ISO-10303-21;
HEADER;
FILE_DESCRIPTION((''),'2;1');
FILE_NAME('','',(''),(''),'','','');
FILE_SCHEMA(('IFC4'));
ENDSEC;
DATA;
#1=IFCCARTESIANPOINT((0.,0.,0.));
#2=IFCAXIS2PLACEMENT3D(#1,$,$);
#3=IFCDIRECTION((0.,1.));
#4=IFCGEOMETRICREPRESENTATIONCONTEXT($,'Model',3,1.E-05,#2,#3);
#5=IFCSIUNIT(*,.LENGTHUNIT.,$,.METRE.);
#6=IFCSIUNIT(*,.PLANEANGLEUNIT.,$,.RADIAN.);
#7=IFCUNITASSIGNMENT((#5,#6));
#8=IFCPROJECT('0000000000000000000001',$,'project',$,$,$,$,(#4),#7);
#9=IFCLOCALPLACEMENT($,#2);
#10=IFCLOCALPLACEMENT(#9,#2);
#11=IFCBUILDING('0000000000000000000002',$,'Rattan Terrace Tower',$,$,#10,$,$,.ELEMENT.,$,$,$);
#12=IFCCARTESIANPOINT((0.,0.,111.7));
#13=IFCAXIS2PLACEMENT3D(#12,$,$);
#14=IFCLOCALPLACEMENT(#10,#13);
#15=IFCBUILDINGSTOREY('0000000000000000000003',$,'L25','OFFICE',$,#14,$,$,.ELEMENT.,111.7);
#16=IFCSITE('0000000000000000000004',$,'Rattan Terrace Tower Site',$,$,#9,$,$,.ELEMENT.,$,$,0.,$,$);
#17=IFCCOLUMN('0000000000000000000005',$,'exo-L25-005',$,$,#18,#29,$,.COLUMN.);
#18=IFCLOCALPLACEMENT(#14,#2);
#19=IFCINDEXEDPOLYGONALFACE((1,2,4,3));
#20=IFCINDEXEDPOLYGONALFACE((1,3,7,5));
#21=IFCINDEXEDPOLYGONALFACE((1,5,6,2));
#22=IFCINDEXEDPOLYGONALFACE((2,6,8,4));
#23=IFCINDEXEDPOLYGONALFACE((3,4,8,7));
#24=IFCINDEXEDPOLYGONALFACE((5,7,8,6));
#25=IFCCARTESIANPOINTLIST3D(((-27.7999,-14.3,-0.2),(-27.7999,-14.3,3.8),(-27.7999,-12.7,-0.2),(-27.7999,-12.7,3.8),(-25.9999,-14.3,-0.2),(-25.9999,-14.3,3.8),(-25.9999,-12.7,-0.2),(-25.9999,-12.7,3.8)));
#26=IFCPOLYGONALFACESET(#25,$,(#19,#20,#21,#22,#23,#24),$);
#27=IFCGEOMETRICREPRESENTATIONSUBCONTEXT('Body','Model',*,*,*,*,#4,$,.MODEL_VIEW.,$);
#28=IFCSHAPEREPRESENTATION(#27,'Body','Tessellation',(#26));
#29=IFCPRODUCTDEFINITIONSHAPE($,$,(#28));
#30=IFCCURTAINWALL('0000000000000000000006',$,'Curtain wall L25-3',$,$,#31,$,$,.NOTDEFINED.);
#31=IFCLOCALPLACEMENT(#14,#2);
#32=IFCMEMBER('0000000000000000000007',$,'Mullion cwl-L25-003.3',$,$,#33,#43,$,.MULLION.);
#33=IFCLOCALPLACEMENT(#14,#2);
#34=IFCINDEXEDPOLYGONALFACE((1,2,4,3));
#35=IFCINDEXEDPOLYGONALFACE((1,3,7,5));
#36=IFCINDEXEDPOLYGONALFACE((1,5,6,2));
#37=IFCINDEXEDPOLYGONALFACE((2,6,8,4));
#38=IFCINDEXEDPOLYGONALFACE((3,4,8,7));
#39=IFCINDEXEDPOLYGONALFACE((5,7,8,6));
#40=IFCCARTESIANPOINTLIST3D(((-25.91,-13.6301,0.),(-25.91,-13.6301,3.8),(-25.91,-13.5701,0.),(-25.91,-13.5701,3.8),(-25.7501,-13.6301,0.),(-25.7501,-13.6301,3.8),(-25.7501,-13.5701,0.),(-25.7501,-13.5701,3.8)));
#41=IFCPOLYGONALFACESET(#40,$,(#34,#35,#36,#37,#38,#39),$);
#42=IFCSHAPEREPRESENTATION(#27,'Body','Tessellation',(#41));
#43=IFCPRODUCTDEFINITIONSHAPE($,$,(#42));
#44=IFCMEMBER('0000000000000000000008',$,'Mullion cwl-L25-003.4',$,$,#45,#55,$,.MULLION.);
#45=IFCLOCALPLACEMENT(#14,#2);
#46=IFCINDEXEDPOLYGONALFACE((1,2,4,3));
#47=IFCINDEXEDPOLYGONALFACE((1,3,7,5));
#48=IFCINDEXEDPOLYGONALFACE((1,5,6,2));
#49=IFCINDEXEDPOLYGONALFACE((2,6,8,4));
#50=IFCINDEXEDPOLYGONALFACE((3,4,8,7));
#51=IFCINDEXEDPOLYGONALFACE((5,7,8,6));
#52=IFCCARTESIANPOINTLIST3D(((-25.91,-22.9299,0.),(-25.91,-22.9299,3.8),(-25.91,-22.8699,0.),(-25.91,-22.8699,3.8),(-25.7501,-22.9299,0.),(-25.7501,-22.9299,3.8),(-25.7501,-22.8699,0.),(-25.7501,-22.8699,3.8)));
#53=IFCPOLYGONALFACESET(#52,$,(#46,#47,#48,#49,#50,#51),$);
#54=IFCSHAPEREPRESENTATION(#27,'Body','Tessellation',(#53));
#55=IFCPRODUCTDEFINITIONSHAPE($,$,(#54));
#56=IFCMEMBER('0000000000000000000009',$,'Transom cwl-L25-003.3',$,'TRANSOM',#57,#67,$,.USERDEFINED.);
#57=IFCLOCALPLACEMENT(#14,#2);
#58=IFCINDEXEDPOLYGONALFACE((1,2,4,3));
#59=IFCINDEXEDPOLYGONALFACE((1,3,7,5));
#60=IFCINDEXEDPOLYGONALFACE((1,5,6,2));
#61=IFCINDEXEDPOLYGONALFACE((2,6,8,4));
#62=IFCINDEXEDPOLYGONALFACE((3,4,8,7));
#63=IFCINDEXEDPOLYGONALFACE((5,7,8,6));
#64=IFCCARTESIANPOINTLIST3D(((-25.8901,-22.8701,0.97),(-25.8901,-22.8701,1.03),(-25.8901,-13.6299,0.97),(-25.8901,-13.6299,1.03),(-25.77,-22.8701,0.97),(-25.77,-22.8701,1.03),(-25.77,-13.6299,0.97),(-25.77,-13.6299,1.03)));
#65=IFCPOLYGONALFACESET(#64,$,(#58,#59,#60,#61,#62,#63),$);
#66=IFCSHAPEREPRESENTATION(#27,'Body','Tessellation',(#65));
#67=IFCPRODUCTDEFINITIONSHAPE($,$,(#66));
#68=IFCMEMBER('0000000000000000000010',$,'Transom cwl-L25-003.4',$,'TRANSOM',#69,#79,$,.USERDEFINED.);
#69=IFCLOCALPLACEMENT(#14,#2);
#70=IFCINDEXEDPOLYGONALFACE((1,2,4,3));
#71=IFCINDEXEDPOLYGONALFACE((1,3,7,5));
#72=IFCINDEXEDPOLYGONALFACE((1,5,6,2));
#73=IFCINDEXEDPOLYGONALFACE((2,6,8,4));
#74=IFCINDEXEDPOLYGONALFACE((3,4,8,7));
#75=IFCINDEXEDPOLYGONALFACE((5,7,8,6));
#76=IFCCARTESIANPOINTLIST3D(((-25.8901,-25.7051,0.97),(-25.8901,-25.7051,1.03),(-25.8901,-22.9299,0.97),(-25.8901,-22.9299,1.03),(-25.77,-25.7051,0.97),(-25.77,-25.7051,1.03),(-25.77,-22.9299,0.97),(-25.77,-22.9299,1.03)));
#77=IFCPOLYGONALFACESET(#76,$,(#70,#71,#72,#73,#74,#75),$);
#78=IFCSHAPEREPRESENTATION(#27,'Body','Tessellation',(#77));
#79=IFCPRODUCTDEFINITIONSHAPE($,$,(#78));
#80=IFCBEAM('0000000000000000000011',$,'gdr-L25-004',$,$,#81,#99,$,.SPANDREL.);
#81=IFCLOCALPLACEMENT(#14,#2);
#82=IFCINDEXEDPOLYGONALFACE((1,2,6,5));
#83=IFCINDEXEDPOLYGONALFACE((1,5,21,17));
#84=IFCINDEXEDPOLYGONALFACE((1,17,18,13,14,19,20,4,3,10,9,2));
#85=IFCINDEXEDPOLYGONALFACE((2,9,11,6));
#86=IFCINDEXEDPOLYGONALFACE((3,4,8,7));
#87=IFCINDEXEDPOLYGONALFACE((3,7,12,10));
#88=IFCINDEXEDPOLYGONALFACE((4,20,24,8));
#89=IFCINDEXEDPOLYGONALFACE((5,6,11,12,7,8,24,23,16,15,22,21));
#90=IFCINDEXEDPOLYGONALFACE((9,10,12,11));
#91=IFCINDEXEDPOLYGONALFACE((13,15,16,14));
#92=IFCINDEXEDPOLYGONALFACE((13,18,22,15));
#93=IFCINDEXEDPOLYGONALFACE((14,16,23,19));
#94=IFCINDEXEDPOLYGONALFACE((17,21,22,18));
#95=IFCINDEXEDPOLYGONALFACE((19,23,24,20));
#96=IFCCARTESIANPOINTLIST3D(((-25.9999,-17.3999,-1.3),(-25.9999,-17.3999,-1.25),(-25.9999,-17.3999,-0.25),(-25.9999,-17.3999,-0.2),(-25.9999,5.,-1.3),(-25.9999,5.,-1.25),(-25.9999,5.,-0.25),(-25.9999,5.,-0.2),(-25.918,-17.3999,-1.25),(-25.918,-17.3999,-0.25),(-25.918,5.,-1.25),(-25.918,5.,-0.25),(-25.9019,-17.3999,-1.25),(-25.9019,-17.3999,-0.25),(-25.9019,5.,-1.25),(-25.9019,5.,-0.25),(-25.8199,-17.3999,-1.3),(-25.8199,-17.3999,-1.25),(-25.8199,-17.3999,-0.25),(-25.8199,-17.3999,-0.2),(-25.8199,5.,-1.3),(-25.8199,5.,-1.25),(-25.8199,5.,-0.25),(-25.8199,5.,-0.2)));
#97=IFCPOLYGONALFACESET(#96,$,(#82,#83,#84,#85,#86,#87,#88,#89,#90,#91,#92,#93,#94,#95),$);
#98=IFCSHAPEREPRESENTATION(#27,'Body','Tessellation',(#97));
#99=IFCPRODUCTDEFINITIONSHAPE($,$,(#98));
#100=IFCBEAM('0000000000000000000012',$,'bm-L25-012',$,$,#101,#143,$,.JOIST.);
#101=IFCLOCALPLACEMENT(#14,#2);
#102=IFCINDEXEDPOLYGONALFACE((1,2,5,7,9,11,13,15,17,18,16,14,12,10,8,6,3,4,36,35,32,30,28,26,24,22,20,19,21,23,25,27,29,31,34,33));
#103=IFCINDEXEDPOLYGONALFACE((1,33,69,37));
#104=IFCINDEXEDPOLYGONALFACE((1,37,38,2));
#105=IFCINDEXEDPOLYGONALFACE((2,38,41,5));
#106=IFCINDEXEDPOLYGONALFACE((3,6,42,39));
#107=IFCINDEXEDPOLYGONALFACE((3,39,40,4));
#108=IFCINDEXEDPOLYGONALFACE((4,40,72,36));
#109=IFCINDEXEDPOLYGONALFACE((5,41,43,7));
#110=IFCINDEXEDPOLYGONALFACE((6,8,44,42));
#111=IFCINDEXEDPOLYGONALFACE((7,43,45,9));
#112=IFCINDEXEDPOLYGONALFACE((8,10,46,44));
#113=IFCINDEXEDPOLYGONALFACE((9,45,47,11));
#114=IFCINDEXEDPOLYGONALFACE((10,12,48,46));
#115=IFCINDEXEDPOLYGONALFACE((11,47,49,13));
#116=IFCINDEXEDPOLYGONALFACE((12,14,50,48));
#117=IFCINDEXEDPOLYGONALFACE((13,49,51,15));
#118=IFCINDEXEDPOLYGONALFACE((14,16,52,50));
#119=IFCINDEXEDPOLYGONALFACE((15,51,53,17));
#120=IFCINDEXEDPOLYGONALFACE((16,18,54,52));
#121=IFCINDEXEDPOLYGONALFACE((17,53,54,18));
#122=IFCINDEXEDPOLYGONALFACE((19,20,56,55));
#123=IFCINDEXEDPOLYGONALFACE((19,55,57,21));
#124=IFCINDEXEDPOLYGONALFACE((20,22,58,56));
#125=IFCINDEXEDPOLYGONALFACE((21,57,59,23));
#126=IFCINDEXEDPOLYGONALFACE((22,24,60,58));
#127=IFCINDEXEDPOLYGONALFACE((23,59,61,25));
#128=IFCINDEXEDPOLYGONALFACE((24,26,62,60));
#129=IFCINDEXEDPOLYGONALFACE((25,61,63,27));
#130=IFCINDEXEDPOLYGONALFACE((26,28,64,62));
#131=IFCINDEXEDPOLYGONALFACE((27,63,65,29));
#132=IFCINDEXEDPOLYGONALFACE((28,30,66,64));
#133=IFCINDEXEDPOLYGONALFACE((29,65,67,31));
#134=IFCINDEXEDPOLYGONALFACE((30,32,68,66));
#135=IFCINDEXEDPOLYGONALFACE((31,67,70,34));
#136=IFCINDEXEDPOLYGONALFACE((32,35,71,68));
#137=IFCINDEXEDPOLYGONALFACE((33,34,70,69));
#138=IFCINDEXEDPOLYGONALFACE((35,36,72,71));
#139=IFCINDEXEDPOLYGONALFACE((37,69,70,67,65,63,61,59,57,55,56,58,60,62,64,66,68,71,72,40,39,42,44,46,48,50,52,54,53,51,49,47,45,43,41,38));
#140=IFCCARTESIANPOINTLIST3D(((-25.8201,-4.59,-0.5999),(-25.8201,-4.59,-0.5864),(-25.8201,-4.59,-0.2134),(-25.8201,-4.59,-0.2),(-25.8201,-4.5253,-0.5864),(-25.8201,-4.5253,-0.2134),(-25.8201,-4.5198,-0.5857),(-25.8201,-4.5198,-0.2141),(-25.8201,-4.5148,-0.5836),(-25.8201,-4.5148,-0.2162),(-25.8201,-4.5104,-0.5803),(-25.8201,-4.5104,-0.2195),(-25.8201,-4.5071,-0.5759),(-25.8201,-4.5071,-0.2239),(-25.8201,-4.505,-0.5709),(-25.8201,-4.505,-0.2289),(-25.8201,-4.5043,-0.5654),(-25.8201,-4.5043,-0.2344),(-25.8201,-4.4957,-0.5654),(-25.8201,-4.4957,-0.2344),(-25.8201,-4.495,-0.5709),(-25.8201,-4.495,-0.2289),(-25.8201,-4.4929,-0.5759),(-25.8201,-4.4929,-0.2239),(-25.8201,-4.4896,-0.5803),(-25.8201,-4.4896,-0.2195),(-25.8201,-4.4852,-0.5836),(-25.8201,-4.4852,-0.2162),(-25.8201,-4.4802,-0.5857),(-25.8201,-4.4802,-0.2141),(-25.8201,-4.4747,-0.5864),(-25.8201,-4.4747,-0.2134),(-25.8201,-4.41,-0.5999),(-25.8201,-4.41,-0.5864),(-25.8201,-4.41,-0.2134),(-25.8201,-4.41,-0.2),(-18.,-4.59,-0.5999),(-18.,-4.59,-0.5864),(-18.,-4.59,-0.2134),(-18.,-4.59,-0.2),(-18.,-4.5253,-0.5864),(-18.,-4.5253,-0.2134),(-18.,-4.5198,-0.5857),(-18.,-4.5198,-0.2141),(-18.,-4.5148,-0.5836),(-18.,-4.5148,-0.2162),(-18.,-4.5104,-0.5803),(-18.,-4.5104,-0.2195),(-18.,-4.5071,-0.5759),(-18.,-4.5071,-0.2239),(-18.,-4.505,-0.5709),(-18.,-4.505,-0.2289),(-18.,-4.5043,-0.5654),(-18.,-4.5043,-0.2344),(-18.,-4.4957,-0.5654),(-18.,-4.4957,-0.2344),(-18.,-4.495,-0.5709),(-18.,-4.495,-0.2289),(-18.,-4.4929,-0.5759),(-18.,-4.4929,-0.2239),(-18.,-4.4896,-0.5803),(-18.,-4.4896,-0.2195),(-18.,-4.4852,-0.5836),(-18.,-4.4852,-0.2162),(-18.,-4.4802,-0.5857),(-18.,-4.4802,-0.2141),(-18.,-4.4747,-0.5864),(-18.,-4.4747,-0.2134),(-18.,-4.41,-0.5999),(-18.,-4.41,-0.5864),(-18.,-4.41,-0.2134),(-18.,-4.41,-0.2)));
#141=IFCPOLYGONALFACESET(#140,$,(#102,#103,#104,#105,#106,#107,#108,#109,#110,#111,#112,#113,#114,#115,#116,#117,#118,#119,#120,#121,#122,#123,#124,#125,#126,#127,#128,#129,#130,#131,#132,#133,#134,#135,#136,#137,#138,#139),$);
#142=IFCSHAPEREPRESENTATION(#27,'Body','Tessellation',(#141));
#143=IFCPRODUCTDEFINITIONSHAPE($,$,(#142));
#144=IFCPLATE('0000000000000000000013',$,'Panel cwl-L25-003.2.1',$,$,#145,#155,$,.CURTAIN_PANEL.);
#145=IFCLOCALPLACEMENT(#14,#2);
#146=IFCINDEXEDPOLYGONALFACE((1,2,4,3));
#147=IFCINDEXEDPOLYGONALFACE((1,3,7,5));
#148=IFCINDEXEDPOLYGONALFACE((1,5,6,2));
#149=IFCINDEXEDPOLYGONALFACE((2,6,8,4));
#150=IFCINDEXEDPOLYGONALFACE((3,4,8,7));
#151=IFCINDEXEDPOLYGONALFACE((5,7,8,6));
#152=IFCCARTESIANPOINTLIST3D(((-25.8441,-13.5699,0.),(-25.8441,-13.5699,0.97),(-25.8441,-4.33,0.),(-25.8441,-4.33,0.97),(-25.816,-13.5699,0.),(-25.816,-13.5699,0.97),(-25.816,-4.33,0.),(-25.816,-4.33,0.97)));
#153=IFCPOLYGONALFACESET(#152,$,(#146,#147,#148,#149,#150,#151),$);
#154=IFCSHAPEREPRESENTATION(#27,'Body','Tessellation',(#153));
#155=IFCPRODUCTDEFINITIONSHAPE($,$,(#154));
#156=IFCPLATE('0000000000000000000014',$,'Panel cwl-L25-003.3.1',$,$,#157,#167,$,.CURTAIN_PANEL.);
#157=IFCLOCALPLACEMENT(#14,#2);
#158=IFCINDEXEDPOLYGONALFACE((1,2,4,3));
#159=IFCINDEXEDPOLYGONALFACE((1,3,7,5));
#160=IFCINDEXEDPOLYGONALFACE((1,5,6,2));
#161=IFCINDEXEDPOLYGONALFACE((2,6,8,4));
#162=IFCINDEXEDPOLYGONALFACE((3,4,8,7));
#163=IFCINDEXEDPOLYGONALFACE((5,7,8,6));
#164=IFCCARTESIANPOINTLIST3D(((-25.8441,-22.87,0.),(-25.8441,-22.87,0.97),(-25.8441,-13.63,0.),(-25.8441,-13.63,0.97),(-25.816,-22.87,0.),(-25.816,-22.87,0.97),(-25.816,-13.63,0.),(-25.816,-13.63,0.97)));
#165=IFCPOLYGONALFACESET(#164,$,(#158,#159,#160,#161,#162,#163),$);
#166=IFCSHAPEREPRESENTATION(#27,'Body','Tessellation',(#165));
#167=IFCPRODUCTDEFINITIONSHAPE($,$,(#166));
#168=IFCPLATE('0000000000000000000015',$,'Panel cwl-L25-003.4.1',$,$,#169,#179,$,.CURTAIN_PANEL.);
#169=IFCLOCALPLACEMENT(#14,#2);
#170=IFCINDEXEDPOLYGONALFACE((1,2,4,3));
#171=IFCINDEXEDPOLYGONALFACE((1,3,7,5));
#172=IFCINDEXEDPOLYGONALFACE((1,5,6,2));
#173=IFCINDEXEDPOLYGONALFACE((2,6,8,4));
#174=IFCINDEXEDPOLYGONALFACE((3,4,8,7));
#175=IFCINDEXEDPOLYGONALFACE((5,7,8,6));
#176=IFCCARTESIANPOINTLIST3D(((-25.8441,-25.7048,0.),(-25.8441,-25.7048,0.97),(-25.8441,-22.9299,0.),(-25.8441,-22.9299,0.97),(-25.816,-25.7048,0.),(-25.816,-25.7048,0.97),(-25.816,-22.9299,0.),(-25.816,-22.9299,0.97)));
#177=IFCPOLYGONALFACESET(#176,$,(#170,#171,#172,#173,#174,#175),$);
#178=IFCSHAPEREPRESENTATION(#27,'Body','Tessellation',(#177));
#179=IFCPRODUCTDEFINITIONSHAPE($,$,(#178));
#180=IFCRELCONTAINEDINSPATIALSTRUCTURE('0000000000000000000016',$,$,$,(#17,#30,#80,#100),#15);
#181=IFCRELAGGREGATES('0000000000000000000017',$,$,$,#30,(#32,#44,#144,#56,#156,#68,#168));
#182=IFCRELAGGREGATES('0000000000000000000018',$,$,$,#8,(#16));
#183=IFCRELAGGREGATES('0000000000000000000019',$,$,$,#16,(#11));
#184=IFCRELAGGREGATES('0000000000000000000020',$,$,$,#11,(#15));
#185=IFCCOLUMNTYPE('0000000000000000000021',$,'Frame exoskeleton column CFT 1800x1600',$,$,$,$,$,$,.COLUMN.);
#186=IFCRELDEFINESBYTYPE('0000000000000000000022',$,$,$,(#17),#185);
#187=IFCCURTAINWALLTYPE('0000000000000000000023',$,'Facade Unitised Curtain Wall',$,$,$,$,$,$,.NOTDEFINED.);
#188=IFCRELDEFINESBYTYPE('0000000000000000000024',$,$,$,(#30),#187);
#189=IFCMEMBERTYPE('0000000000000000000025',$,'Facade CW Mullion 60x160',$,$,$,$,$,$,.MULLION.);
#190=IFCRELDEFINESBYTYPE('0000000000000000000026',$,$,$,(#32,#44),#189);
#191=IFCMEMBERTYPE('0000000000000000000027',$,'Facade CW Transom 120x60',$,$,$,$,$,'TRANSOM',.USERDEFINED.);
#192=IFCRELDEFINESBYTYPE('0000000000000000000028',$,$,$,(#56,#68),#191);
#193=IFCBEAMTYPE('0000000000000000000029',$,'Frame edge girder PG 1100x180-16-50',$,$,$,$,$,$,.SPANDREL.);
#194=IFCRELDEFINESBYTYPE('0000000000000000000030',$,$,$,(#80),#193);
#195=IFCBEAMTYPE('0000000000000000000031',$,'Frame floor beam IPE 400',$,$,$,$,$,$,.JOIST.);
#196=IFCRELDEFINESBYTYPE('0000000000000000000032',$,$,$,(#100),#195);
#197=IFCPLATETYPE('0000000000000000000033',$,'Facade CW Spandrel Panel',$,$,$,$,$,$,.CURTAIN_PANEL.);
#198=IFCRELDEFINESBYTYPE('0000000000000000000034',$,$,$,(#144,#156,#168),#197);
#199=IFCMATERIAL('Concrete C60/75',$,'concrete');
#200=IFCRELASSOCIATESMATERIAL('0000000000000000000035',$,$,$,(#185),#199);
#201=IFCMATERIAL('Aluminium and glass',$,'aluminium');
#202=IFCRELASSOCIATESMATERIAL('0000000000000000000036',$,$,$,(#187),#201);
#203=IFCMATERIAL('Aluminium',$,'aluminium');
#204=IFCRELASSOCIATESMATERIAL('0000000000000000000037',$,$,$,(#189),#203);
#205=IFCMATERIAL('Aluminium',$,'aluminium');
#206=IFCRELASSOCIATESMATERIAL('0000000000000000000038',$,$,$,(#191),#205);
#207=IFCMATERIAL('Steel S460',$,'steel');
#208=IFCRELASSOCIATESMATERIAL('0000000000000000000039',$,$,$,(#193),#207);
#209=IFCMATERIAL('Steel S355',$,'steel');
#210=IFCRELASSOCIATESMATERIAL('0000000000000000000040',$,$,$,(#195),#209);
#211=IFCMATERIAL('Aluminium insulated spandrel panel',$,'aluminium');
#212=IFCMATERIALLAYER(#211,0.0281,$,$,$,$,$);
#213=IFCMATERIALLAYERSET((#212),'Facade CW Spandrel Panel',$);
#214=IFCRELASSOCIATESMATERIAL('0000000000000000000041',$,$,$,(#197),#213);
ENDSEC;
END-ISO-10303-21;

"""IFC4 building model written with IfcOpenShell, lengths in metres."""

from ifc_helpers import new_model, si_unit, direction, frame, origin, origin_2d, place, context, subcontext, project, spatial, rectangle, i_section, extrude, material, layer, layer_set, material_profile, profile_set, type_object, element, aggregate, save


model = new_model("IFC4")

# Units and contexts
model_context = context("Model", 3, precision=1e-05, world=origin(), true_north=direction((0.0, 1.0)))
body_context = subcontext(model_context, "Body", "Model", "MODEL_VIEW")
ifc_project = project(units=[si_unit("LENGTHUNIT", "METRE"), si_unit("PLANEANGLEUNIT", "RADIAN")], contexts=[model_context])

# Site, building, storey
site_placement = place(None, origin())
site = spatial("IfcSite", under=ifc_project, at=site_placement, Name="Rattan Terrace Tower Site", CompositionType="ELEMENT", RefElevation=0.0)
building_placement = place(site_placement, origin())
building = spatial("IfcBuilding", under=site, at=building_placement, Name="Rattan Terrace Tower", CompositionType="ELEMENT")
storey_placement = place(building_placement, frame((0.0, 0.0, 111.7)))
storey = spatial("IfcBuildingStorey", under=building, at=storey_placement, Name="L25", Description="OFFICE", CompositionType="ELEMENT", Elevation=111.7)

# Column
ifc_material_1 = material(Name="Concrete C60/75", Category="concrete")
ifc_material_profile_1 = material_profile(ifc_material_1, rectangle(XDim=1.6001, YDim=1.8, at=origin_2d()), Name="CFT 1800x1600")
ifc_profile_set_1 = profile_set([ifc_material_profile_1], Name="Concrete C60/75")
column_type = type_object("IfcColumnType", Name="Frame exoskeleton column CFT 1800x1600", PredefinedType="COLUMN", material=ifc_profile_set_1)
column_placement = place(storey_placement, frame((-26.8999, -13.5, -0.2), z_axis=(0.0, 0.0, 1.0), x_axis=(0.0, 1.0, 0.0)))
element("IfcColumn", 1, at=column_placement, inside=storey, type_object=column_type, Name="exo-L25-005", PredefinedType="COLUMN", context=body_context, shape_type="SweptSolid", body=[
    extrude(rectangle(XDim=1.6001, YDim=1.8, at=origin_2d()), origin(), (0.0, 0.0, 1.0), 4.0),
])

# Curtain wall, members
ifc_material_2 = material(Name="Aluminium and glass", Category="aluminium")
curtain_wall_type = type_object("IfcCurtainWallType", Name="Facade Unitised Curtain Wall", PredefinedType="NOTDEFINED", material=ifc_material_2)
curtain_wall_placement = place(storey_placement, origin())
curtain_wall = element("IfcCurtainWall", 2, at=curtain_wall_placement, inside=storey, type_object=curtain_wall_type, Name="Curtain wall L25-3", PredefinedType="NOTDEFINED")
ifc_material_3 = material(Name="Aluminium", Category="aluminium")
ifc_material_profile_2 = material_profile(ifc_material_3, rectangle(XDim=0.0601, YDim=0.1599, at=origin_2d()), Name="Aluminium 60x160")
ifc_profile_set_2 = profile_set([ifc_material_profile_2], Name="Aluminium")
member_type_1 = type_object("IfcMemberType", Name="Facade CW Mullion 60x160", PredefinedType="MULLION", material=ifc_profile_set_2)
member_1_placement = place(storey_placement, frame((-25.8301, -13.6001, 0.0), z_axis=(0.0, 0.0, 1.0), x_axis=(0.0, -1.0, 0.0)))
member_1 = element("IfcMember", 3, at=member_1_placement, type_object=member_type_1, Name="Mullion cwl-L25-003.3", PredefinedType="MULLION", context=body_context, shape_type="SweptSolid", body=[
    extrude(rectangle(XDim=0.0601, YDim=0.1599, at=origin_2d()), origin(), (0.0, 0.0, 1.0), 3.8),
])
member_2_placement = place(storey_placement, frame((-25.8301, -22.8999, 0.0), z_axis=(0.0, 0.0, 1.0), x_axis=(0.0, -1.0, 0.0)))
member_2 = element("IfcMember", 4, at=member_2_placement, type_object=member_type_1, Name="Mullion cwl-L25-003.4", PredefinedType="MULLION", context=body_context, shape_type="SweptSolid", body=[
    extrude(rectangle(XDim=0.0601, YDim=0.1599, at=origin_2d()), origin(), (0.0, 0.0, 1.0), 3.8),
])
ifc_material_4 = material(Name="Aluminium", Category="aluminium")
ifc_material_profile_3 = material_profile(ifc_material_4, rectangle(XDim=0.1201, YDim=0.0601, at=origin_2d()), Name="Aluminium 120x60")
ifc_profile_set_3 = profile_set([ifc_material_profile_3], Name="Aluminium")
member_type_2 = type_object("IfcMemberType", Name="Facade CW Transom 120x60", ElementType="TRANSOM", PredefinedType="USERDEFINED", material=ifc_profile_set_3)
member_3_placement = place(storey_placement, frame((-25.8301, -13.6299, 1.0), z_axis=(0.0, -1.0, 0.0), x_axis=(1.0, 0.0, 0.0)))
member_3 = element("IfcMember", 5, at=member_3_placement, type_object=member_type_2, Name="Transom cwl-L25-003.3", ObjectType="TRANSOM", PredefinedType="USERDEFINED", context=body_context, shape_type="SweptSolid", body=[
    extrude(rectangle(XDim=0.1201, YDim=0.0601, at=origin_2d()), origin(), (0.0, 0.0, 1.0), 9.2402),
])
member_4_placement = place(storey_placement, frame((-25.8301, -22.9299, 1.0), z_axis=(0.0, -1.0, 0.0), x_axis=(1.0, 0.0, 0.0)))
member_4 = element("IfcMember", 6, at=member_4_placement, type_object=member_type_2, Name="Transom cwl-L25-003.4", ObjectType="TRANSOM", PredefinedType="USERDEFINED", context=body_context, shape_type="SweptSolid", body=[
    extrude(rectangle(XDim=0.1201, YDim=0.0601, at=origin_2d()), origin(), (0.0, 0.0, 1.0), 2.7751),
])

# Beams
ifc_material_5 = material(Name="Steel S460", Category="steel")
ifc_material_profile_4 = material_profile(ifc_material_5, i_section(OverallWidth=0.1799, OverallDepth=1.1001, WebThickness=0.0161, FlangeThickness=0.05, at=origin_2d()), Name="PG 1100x180-16-50")
ifc_profile_set_4 = profile_set([ifc_material_profile_4], Name="Steel S460")
beam_type_1 = type_object("IfcBeamType", Name="Frame edge girder PG 1100x180-16-50", PredefinedType="SPANDREL", material=ifc_profile_set_4)
beam_1_placement = place(storey_placement, frame((-25.9099, -17.3999, -0.75), z_axis=(0.0, 1.0, 0.0), x_axis=(-1.0, 0.0, 0.0)))
element("IfcBeam", 7, at=beam_1_placement, inside=storey, type_object=beam_type_1, Name="gdr-L25-004", PredefinedType="SPANDREL", context=body_context, shape_type="SweptSolid", body=[
    extrude(i_section(OverallWidth=0.1799, OverallDepth=1.1001, WebThickness=0.0161, FlangeThickness=0.05, at=origin_2d()), origin(), (0.0, 0.0, 1.0), 22.3999),
])
ifc_material_6 = material(Name="Steel S355", Category="steel")
ifc_material_profile_5 = material_profile(ifc_material_6, i_section(OverallWidth=0.1799, OverallDepth=0.3999, WebThickness=0.0085, FlangeThickness=0.0134, FilletRadius=0.021, at=origin_2d()), Name="IPE 400")
ifc_profile_set_5 = profile_set([ifc_material_profile_5], Name="Steel S355")
beam_type_2 = type_object("IfcBeamType", Name="Frame floor beam IPE 400", PredefinedType="JOIST", material=ifc_profile_set_5)
beam_2_placement = place(storey_placement, frame((-25.8201, -4.5, -0.3999), z_axis=(1.0, 0.0, 0.0), x_axis=(0.0, 1.0, 0.0)))
element("IfcBeam", 8, at=beam_2_placement, inside=storey, type_object=beam_type_2, Name="bm-L25-012", PredefinedType="JOIST", context=body_context, shape_type="SweptSolid", body=[
    extrude(i_section(OverallWidth=0.1799, OverallDepth=0.3999, WebThickness=0.0085, FlangeThickness=0.0134, FilletRadius=0.021, at=origin_2d()), origin(), (0.0, 0.0, 1.0), 7.8201),
])

# Plates
ifc_material_7 = material(Name="Aluminium insulated spandrel panel", Category="aluminium")
ifc_layer_1 = layer(ifc_material_7, 0.0281)
ifc_layer_set_1 = layer_set([ifc_layer_1], Name="Facade CW Spandrel Panel")
plate_type_1 = type_object("IfcPlateType", Name="Facade CW Spandrel Panel", PredefinedType="CURTAIN_PANEL", material=ifc_layer_set_1)
plate_1_placement = place(storey_placement, frame((-25.8301, -8.95, 0.0), z_axis=(0.0, 0.0, 1.0), x_axis=(0.0, -1.0, 0.0)))
plate_1 = element("IfcPlate", 9, at=plate_1_placement, type_object=plate_type_1, Name="Panel cwl-L25-003.2.1", PredefinedType="CURTAIN_PANEL", context=body_context, shape_type="SweptSolid", body=[
    extrude(rectangle(XDim=9.24, YDim=0.0281, at=origin_2d()), origin(), (0.0, 0.0, 1.0), 0.97),
])
plate_2_placement = place(storey_placement, frame((-25.8301, -18.25, 0.0), z_axis=(0.0, 0.0, 1.0), x_axis=(0.0, -1.0, 0.0)))
plate_2 = element("IfcPlate", 10, at=plate_2_placement, type_object=plate_type_1, Name="Panel cwl-L25-003.3.1", PredefinedType="CURTAIN_PANEL", context=body_context, shape_type="SweptSolid", body=[
    extrude(rectangle(XDim=9.24, YDim=0.0281, at=origin_2d()), origin(), (0.0, 0.0, 1.0), 0.97),
])
plate_3_placement = place(storey_placement, frame((-25.8301, -24.3174, 0.0), z_axis=(0.0, 0.0, 1.0), x_axis=(0.0, -1.0, 0.0)))
plate_3 = element("IfcPlate", 11, at=plate_3_placement, type_object=plate_type_1, Name="Panel cwl-L25-003.4.1", PredefinedType="CURTAIN_PANEL", context=body_context, shape_type="SweptSolid", body=[
    extrude(rectangle(XDim=2.7749, YDim=0.0281, at=origin_2d()), origin(), (0.0, 0.0, 1.0), 0.97),
])
aggregate(curtain_wall, [member_1, member_2, plate_1, member_3, plate_2, member_4, plate_3])

save(model, "model.ifc")
